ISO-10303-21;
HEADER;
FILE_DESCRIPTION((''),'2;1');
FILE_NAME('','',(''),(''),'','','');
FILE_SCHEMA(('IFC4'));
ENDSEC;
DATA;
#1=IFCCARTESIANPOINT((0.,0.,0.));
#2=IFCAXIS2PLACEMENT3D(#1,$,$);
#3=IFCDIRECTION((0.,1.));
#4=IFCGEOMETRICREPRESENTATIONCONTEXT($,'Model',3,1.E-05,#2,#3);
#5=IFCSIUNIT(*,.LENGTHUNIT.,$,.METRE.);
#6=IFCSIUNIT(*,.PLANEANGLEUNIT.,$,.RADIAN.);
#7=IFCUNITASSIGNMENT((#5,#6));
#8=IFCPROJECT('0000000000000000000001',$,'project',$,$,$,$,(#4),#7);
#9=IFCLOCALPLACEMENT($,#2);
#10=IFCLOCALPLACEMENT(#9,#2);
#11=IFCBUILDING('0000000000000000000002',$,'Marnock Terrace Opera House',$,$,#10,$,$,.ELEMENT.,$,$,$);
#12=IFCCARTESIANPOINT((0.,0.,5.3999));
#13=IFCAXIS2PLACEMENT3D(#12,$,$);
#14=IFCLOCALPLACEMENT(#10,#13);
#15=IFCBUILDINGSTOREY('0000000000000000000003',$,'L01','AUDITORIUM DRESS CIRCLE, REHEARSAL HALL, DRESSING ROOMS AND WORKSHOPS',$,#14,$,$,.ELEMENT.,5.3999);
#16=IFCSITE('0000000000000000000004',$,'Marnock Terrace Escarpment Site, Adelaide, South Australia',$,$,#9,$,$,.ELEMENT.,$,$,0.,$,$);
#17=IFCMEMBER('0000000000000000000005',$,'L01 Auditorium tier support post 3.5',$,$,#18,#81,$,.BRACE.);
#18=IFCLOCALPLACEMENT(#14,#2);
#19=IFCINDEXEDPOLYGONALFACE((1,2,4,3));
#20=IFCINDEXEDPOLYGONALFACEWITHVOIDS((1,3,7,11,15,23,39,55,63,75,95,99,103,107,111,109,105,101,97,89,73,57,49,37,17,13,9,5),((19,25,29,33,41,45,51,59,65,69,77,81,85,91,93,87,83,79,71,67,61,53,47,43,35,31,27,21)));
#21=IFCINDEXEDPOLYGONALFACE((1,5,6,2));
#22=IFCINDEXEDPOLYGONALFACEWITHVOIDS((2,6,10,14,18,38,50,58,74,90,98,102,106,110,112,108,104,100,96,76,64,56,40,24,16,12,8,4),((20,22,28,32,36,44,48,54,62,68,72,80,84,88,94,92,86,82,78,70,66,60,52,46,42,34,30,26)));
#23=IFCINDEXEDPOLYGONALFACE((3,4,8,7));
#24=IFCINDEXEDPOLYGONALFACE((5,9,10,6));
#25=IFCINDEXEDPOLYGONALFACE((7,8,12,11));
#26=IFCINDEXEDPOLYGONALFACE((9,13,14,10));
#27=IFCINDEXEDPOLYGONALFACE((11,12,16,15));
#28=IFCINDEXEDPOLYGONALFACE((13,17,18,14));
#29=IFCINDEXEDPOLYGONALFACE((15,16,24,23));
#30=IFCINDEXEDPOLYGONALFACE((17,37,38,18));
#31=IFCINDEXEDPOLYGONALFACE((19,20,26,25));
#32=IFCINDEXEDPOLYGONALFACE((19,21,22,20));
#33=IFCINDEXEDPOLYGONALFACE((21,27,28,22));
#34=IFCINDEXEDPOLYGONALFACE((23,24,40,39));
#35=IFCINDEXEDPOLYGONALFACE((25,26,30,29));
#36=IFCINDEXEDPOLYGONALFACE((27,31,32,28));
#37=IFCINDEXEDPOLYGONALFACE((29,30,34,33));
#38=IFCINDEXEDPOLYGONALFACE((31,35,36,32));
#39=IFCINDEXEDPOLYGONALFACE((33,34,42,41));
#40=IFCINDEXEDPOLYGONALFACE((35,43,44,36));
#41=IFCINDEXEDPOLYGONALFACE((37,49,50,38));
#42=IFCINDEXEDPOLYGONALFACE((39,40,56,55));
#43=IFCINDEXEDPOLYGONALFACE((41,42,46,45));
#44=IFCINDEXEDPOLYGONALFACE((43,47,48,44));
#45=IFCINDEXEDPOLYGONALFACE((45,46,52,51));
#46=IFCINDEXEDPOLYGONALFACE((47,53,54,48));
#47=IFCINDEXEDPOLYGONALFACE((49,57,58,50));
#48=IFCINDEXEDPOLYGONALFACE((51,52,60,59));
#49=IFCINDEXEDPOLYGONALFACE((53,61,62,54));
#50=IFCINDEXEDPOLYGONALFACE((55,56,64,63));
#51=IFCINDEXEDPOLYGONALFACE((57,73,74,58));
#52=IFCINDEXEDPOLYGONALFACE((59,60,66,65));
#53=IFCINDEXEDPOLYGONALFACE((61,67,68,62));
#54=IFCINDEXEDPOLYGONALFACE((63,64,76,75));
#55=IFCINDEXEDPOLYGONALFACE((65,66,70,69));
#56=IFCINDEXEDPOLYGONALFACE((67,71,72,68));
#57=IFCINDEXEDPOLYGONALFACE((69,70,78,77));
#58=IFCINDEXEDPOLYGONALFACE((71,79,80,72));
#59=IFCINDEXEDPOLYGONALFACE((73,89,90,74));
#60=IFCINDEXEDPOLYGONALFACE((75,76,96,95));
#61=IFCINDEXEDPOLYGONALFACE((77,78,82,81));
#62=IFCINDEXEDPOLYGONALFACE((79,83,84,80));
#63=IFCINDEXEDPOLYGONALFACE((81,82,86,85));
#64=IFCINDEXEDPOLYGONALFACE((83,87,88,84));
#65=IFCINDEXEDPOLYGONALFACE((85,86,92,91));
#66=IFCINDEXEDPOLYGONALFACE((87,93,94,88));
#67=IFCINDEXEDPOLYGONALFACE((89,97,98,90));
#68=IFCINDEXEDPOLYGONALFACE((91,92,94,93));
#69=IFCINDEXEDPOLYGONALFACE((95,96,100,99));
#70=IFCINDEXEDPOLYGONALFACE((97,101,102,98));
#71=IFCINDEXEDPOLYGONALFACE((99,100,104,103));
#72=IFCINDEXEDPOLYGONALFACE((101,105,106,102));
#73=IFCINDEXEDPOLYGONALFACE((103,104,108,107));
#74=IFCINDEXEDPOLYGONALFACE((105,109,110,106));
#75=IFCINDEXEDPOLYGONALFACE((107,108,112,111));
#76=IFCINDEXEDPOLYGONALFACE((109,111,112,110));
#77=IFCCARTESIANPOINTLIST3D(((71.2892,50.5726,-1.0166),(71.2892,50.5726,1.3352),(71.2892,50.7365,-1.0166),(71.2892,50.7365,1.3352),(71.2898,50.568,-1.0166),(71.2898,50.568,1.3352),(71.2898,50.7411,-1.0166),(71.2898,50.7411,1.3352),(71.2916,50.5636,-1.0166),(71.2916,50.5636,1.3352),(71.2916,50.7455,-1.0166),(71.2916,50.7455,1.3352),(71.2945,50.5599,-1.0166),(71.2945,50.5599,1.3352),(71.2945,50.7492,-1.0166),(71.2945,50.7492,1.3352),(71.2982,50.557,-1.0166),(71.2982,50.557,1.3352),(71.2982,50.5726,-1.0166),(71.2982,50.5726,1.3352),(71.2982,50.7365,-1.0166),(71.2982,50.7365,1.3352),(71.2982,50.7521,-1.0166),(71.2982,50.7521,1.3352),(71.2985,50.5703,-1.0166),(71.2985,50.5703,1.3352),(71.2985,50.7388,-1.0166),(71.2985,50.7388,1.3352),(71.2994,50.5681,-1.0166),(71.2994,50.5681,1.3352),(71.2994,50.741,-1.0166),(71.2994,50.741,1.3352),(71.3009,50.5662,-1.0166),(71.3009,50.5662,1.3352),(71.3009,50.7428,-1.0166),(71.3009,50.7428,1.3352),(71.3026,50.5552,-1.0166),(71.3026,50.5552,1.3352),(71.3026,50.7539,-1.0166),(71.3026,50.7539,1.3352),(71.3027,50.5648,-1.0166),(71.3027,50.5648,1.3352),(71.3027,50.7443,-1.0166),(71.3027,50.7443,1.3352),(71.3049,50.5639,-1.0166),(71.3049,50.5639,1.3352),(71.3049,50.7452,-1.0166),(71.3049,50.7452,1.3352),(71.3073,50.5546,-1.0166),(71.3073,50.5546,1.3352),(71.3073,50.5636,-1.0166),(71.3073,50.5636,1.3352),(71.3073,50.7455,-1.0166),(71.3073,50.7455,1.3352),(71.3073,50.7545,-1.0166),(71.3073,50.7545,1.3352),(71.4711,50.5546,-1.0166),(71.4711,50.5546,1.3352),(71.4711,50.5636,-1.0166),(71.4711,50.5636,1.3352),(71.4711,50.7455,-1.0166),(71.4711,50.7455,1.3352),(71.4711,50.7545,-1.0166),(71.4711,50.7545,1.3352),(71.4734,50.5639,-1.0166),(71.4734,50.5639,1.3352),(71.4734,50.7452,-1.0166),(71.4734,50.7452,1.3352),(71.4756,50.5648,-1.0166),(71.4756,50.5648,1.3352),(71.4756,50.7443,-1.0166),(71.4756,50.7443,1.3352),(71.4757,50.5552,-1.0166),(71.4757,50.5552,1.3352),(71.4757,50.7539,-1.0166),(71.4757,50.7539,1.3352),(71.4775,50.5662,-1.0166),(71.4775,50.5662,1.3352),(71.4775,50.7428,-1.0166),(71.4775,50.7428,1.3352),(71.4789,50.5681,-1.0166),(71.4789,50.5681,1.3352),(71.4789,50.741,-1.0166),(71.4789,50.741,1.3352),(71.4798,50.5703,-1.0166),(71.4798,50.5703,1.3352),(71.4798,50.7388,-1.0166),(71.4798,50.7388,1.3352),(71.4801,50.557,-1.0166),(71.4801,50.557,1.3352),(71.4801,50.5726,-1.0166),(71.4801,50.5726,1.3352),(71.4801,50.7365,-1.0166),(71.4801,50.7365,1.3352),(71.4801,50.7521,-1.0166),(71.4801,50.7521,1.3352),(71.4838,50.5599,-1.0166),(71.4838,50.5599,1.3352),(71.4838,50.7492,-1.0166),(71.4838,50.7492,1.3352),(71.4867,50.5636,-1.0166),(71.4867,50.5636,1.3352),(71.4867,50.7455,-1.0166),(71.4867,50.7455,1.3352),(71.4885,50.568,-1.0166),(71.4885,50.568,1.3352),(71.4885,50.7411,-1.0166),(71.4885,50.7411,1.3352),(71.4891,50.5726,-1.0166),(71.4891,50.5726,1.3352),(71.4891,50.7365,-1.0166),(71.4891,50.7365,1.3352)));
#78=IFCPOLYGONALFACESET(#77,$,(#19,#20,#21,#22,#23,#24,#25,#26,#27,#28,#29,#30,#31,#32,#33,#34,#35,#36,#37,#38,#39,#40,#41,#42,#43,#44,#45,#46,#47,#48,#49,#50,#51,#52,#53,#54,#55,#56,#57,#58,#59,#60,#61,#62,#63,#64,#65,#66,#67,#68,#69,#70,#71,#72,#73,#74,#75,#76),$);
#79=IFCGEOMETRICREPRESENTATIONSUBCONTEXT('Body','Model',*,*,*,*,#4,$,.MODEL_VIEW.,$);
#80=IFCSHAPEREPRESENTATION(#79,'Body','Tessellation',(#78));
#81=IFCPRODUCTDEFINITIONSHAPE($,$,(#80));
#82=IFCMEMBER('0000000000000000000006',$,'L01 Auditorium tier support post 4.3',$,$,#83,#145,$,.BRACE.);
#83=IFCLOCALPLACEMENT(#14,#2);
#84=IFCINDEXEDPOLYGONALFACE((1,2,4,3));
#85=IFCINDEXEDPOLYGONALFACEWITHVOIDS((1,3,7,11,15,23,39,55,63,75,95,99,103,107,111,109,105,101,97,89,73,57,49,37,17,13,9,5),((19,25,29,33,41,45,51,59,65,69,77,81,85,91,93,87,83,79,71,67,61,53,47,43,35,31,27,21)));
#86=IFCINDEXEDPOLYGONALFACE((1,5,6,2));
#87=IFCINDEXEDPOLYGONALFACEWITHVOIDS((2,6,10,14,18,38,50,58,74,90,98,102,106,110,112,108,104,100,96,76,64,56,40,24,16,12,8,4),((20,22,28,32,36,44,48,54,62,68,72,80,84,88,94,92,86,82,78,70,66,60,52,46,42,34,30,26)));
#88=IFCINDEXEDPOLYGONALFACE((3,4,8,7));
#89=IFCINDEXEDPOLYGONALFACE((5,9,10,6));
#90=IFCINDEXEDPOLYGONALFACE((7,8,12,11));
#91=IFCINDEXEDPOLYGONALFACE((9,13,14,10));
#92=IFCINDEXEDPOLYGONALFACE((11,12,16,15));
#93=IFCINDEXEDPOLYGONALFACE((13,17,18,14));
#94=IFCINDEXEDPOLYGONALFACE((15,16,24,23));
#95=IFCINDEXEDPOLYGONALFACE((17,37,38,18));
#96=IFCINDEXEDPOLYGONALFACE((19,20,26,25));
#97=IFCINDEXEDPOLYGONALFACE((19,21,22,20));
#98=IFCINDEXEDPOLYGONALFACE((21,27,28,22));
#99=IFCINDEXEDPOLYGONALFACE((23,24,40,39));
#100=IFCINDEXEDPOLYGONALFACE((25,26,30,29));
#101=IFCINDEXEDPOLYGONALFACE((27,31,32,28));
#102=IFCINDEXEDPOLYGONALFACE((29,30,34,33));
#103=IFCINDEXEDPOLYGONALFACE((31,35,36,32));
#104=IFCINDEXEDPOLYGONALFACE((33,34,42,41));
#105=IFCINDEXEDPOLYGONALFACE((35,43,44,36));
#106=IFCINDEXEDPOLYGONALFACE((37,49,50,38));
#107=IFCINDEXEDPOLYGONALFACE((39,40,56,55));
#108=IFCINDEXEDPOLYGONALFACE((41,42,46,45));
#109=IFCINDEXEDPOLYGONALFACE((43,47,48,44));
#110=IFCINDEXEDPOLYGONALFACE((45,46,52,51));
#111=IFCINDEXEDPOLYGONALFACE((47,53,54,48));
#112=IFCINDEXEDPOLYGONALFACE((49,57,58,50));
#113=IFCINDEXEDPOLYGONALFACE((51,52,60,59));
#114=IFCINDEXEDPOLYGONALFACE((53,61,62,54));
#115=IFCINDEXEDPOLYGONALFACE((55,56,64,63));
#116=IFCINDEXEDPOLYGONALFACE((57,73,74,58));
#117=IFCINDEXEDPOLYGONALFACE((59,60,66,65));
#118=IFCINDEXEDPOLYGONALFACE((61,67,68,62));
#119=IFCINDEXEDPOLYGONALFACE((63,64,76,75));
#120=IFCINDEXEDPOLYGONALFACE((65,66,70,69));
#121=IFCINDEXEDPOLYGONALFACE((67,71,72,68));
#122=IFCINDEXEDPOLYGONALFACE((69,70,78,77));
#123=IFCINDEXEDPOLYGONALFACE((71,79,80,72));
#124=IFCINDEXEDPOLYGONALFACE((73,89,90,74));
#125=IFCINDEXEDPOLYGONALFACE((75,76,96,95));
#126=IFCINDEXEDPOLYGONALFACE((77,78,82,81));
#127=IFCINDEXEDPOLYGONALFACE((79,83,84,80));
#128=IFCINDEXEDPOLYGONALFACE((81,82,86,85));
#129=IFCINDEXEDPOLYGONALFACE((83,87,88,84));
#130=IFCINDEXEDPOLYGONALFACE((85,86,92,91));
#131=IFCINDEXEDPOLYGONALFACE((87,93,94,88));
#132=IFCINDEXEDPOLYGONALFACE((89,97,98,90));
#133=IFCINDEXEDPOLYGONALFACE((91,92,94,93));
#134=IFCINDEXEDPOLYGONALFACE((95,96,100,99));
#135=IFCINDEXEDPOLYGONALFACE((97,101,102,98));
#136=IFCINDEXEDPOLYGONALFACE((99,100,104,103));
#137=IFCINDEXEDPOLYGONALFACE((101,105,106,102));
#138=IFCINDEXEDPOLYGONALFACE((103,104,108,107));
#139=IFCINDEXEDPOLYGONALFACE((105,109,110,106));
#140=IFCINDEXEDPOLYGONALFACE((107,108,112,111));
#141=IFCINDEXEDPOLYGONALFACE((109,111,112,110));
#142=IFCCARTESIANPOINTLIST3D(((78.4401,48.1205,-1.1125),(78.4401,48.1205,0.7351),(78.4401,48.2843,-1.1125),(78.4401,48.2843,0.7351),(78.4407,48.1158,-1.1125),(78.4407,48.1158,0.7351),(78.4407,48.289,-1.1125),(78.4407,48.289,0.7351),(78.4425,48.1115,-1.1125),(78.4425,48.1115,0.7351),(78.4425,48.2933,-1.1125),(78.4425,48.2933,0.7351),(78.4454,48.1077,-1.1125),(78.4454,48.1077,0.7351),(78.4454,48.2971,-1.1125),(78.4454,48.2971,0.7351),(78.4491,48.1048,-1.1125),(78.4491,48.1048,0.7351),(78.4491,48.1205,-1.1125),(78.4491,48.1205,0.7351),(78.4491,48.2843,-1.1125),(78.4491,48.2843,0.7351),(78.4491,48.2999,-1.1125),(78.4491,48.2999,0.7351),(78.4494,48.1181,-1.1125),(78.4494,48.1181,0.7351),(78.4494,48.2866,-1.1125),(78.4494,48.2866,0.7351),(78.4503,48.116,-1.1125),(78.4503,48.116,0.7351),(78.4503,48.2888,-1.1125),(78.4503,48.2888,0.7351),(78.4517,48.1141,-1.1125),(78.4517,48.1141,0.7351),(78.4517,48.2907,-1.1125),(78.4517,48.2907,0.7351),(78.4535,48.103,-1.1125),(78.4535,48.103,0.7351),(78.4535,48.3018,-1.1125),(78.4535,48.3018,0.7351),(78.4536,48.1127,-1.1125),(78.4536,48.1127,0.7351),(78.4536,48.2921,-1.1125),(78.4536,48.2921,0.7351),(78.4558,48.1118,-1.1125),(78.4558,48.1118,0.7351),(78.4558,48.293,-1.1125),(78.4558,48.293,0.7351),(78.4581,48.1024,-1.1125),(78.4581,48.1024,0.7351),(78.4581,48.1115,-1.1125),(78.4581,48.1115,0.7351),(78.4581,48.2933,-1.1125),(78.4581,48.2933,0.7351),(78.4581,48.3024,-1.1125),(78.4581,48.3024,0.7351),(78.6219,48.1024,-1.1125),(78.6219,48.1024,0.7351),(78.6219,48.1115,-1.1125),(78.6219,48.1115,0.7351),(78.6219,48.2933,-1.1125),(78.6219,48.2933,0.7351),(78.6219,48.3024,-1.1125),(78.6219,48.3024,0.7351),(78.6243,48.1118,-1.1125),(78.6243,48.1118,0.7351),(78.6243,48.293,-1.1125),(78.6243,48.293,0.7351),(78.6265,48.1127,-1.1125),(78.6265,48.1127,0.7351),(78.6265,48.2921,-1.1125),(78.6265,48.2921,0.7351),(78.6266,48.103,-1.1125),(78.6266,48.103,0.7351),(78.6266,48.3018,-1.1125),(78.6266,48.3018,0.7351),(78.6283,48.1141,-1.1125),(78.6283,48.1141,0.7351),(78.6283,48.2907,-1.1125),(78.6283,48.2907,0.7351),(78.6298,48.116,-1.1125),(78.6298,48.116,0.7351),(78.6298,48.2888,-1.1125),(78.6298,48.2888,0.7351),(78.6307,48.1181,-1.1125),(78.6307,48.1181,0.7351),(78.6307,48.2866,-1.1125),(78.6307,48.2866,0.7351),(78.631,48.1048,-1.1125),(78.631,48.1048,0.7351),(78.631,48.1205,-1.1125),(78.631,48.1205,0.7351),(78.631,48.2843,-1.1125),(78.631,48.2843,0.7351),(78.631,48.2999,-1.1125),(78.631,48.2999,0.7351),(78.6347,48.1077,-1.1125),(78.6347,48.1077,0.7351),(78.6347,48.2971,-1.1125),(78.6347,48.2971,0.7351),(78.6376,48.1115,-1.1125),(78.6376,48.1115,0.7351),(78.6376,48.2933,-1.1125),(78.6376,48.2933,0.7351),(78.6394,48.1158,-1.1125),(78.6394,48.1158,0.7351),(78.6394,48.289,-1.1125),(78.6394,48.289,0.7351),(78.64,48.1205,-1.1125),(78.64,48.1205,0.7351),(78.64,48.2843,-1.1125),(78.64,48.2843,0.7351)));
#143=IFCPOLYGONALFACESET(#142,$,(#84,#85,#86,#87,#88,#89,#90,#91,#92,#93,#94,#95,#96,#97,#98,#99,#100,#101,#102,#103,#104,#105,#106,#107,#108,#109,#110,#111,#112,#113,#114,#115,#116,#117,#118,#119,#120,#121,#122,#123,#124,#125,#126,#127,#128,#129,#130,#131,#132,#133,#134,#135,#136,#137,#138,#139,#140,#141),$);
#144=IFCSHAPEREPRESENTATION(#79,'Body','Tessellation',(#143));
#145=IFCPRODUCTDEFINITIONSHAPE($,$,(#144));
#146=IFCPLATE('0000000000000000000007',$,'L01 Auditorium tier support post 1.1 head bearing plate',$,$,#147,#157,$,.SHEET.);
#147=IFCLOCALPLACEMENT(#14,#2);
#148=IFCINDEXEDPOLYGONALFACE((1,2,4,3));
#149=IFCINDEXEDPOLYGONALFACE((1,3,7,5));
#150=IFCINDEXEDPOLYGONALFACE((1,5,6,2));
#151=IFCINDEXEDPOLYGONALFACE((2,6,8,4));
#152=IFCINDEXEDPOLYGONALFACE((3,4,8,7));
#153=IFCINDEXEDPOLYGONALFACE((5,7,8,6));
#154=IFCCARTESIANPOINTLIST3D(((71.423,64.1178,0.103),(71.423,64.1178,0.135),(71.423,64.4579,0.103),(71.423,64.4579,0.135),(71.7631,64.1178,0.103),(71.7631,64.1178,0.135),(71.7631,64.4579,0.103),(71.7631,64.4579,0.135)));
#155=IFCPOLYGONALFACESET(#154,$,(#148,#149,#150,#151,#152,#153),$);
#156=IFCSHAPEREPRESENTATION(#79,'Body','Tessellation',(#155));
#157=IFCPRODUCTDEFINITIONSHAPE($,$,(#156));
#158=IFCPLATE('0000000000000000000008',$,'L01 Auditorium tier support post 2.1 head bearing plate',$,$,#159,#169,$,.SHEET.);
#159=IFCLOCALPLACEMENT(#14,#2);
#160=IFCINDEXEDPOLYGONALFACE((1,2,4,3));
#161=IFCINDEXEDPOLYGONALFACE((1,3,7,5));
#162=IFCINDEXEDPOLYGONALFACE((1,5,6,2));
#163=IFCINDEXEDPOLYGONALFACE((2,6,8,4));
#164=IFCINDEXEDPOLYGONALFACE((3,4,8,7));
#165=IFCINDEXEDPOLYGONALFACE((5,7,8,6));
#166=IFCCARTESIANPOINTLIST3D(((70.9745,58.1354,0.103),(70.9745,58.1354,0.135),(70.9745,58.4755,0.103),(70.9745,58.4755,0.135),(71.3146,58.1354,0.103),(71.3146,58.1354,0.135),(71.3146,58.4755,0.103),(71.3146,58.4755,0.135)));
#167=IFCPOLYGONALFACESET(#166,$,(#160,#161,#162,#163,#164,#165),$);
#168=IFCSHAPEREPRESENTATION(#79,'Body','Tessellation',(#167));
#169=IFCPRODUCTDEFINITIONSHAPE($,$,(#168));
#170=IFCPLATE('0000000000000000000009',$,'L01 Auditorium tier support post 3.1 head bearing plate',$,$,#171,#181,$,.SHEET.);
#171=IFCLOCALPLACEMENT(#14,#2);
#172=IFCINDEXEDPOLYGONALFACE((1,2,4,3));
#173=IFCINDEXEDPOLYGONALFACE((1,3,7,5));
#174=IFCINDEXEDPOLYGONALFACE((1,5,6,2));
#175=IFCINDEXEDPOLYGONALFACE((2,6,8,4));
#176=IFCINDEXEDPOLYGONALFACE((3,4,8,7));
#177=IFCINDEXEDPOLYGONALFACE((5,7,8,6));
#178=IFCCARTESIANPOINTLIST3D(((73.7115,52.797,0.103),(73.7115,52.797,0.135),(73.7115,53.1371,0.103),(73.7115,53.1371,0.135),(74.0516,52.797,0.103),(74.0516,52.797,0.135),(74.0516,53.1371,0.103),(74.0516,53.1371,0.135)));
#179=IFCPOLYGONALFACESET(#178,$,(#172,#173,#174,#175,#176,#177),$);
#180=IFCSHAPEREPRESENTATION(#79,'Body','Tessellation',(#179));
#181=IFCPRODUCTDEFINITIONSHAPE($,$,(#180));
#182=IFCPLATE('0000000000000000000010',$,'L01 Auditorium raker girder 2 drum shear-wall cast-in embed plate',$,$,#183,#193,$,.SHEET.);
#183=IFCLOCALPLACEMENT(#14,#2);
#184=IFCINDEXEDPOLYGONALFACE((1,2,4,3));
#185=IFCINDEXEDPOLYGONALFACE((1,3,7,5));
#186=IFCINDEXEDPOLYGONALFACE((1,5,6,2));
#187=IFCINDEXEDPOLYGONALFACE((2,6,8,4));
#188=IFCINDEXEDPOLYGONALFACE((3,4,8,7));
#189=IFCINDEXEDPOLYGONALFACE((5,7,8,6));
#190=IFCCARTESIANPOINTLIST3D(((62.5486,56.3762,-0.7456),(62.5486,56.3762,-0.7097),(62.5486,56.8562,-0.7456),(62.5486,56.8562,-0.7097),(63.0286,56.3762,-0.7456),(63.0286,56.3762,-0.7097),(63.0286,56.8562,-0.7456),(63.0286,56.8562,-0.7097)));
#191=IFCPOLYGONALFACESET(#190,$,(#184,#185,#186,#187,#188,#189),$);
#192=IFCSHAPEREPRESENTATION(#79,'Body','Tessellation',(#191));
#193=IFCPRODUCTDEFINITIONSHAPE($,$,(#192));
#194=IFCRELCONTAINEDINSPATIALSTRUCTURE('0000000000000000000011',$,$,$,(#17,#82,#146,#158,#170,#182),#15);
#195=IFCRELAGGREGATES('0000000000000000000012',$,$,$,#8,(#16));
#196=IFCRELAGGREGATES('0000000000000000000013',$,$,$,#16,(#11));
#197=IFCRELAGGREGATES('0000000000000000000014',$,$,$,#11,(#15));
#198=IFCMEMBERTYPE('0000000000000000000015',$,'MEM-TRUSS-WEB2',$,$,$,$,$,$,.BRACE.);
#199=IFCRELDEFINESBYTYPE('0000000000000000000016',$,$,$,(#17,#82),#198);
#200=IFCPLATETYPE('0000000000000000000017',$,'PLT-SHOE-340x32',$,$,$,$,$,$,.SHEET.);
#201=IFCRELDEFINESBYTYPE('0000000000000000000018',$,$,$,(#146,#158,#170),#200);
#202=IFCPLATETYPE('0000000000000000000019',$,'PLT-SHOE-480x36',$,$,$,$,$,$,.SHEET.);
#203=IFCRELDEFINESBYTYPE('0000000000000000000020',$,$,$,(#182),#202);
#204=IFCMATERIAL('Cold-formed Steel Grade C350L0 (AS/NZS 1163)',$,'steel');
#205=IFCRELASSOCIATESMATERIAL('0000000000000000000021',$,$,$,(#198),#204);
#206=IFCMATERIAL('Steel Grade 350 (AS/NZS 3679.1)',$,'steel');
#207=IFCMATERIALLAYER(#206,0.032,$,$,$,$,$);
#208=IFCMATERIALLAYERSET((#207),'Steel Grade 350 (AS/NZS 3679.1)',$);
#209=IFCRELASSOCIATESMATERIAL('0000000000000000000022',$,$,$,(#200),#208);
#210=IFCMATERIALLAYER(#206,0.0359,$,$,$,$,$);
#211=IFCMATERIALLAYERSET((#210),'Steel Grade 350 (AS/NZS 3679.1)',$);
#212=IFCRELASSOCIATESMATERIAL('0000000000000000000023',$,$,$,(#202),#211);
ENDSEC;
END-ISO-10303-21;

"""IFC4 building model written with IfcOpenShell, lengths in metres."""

from ifc_helpers import new_model, si_unit, direction, frame, origin, origin_2d, place, context, subcontext, project, spatial, rectangle, hollow_rectangle, extrude, material, layer, layer_set, material_profile, profile_set, type_object, element, save


model = new_model("IFC4")

# Units and contexts
model_context = context("Model", 3, precision=1e-05, world=origin(), true_north=direction((0.0, 1.0)))
body_context = subcontext(model_context, "Body", "Model", "MODEL_VIEW")
ifc_project = project(units=[si_unit("LENGTHUNIT", "METRE"), si_unit("PLANEANGLEUNIT", "RADIAN")], contexts=[model_context])

# Site, building, storey
site_placement = place(None, origin())
site = spatial("IfcSite", under=ifc_project, at=site_placement, Name="Marnock Terrace Escarpment Site, Adelaide, South Australia", CompositionType="ELEMENT", RefElevation=0.0)
building_placement = place(site_placement, origin())
building = spatial("IfcBuilding", under=site, at=building_placement, Name="Marnock Terrace Opera House", CompositionType="ELEMENT")
storey_placement = place(building_placement, frame((0.0, 0.0, 5.3999)))
storey = spatial("IfcBuildingStorey", under=building, at=storey_placement, Name="L01", Description="AUDITORIUM DRESS CIRCLE, REHEARSAL HALL, DRESSING ROOMS AND WORKSHOPS", CompositionType="ELEMENT", Elevation=5.3999)

# Shared definitions
ifc_material_1 = material(Name="Steel Grade 350 (AS/NZS 3679.1)", Category="steel")

# Members
ifc_material_2 = material(Name="Cold-formed Steel Grade C350L0 (AS/NZS 1163)", Category="steel")
ifc_material_profile_1 = material_profile(ifc_material_2, hollow_rectangle(XDim=0.2, YDim=0.2, WallThickness=0.009, InnerFilletRadius=0.009, OuterFilletRadius=0.0181, at=origin_2d()))
ifc_profile_set_1 = profile_set([ifc_material_profile_1], Name="Cold-formed Steel Grade C350L0 (AS/NZS 1163)")
member_type = type_object("IfcMemberType", Name="MEM-TRUSS-WEB2", PredefinedType="BRACE", material=ifc_profile_set_1)
member_1_placement = place(storey_placement, frame((71.3892, 50.6545, -1.0166), z_axis=(0.0, 0.0, 1.0), x_axis=(1.0, 0.0, 0.0)))
element("IfcMember", 1, at=member_1_placement, inside=storey, type_object=member_type, Name="L01 Auditorium tier support post 3.5", PredefinedType="BRACE", context=body_context, shape_type="SweptSolid", body=[
    extrude(hollow_rectangle(XDim=0.2, YDim=0.2, WallThickness=0.009, InnerFilletRadius=0.009, OuterFilletRadius=0.0181, at=origin_2d()), origin(), (0.0, 0.0, 1.0), 2.3518),
])
member_2_placement = place(storey_placement, frame((78.54, 48.2024, -1.1125), z_axis=(0.0, 0.0, 1.0), x_axis=(1.0, 0.0, 0.0)))
element("IfcMember", 2, at=member_2_placement, inside=storey, type_object=member_type, Name="L01 Auditorium tier support post 4.3", PredefinedType="BRACE", context=body_context, shape_type="SweptSolid", body=[
    extrude(hollow_rectangle(XDim=0.2, YDim=0.2, WallThickness=0.009, InnerFilletRadius=0.009, OuterFilletRadius=0.0181, at=origin_2d()), origin(), (0.0, 0.0, 1.0), 1.8477),
])

# Plates
ifc_layer_1 = layer(ifc_material_1, 0.032)
ifc_layer_set_1 = layer_set([ifc_layer_1], Name="Steel Grade 350 (AS/NZS 3679.1)")
plate_type_1 = type_object("IfcPlateType", Name="PLT-SHOE-340x32", PredefinedType="SHEET", material=ifc_layer_set_1)
for number, where, z_axis, x_axis, name in (
    (3, (71.593, 64.2878, 0.103), (0.0, 0.0, 1.0), (1.0, 0.0, 0.0), "L01 Auditorium tier support post 1.1 head bearing plate"),
    (4, (71.1445, 58.3054, 0.103), (0.0, 0.0, 1.0), (1.0, 0.0, 0.0), "L01 Auditorium tier support post 2.1 head bearing plate"),
    (5, (73.8816, 52.967, 0.103), (0.0, 0.0, 1.0), (1.0, 0.0, 0.0), "L01 Auditorium tier support post 3.1 head bearing plate"),
):
    element("IfcPlate", number, at=place(storey_placement, frame(where, z_axis=z_axis, x_axis=x_axis)), inside=storey, type_object=plate_type_1, Name=name, PredefinedType="SHEET", context=body_context, shape_type="SweptSolid", body=[
        extrude(rectangle(XDim=0.3401, YDim=0.3401, at=origin_2d()), origin(), (0.0, 0.0, 1.0), 0.032),
    ])
ifc_layer_2 = layer(ifc_material_1, 0.0359)
ifc_layer_set_2 = layer_set([ifc_layer_2], Name="Steel Grade 350 (AS/NZS 3679.1)")
plate_type_2 = type_object("IfcPlateType", Name="PLT-SHOE-480x36", PredefinedType="SHEET", material=ifc_layer_set_2)
plate_placement = place(storey_placement, frame((62.7886, 56.6162, -0.7456), z_axis=(0.0, 0.0, 1.0), x_axis=(1.0, 0.0, 0.0)))
element("IfcPlate", 6, at=plate_placement, inside=storey, type_object=plate_type_2, Name="L01 Auditorium raker girder 2 drum shear-wall cast-in embed plate", PredefinedType="SHEET", context=body_context, shape_type="SweptSolid", body=[
    extrude(rectangle(XDim=0.48, YDim=0.48, at=origin_2d()), origin(), (0.0, 0.0, 1.0), 0.0359),
])

save(model, "model.ifc")
